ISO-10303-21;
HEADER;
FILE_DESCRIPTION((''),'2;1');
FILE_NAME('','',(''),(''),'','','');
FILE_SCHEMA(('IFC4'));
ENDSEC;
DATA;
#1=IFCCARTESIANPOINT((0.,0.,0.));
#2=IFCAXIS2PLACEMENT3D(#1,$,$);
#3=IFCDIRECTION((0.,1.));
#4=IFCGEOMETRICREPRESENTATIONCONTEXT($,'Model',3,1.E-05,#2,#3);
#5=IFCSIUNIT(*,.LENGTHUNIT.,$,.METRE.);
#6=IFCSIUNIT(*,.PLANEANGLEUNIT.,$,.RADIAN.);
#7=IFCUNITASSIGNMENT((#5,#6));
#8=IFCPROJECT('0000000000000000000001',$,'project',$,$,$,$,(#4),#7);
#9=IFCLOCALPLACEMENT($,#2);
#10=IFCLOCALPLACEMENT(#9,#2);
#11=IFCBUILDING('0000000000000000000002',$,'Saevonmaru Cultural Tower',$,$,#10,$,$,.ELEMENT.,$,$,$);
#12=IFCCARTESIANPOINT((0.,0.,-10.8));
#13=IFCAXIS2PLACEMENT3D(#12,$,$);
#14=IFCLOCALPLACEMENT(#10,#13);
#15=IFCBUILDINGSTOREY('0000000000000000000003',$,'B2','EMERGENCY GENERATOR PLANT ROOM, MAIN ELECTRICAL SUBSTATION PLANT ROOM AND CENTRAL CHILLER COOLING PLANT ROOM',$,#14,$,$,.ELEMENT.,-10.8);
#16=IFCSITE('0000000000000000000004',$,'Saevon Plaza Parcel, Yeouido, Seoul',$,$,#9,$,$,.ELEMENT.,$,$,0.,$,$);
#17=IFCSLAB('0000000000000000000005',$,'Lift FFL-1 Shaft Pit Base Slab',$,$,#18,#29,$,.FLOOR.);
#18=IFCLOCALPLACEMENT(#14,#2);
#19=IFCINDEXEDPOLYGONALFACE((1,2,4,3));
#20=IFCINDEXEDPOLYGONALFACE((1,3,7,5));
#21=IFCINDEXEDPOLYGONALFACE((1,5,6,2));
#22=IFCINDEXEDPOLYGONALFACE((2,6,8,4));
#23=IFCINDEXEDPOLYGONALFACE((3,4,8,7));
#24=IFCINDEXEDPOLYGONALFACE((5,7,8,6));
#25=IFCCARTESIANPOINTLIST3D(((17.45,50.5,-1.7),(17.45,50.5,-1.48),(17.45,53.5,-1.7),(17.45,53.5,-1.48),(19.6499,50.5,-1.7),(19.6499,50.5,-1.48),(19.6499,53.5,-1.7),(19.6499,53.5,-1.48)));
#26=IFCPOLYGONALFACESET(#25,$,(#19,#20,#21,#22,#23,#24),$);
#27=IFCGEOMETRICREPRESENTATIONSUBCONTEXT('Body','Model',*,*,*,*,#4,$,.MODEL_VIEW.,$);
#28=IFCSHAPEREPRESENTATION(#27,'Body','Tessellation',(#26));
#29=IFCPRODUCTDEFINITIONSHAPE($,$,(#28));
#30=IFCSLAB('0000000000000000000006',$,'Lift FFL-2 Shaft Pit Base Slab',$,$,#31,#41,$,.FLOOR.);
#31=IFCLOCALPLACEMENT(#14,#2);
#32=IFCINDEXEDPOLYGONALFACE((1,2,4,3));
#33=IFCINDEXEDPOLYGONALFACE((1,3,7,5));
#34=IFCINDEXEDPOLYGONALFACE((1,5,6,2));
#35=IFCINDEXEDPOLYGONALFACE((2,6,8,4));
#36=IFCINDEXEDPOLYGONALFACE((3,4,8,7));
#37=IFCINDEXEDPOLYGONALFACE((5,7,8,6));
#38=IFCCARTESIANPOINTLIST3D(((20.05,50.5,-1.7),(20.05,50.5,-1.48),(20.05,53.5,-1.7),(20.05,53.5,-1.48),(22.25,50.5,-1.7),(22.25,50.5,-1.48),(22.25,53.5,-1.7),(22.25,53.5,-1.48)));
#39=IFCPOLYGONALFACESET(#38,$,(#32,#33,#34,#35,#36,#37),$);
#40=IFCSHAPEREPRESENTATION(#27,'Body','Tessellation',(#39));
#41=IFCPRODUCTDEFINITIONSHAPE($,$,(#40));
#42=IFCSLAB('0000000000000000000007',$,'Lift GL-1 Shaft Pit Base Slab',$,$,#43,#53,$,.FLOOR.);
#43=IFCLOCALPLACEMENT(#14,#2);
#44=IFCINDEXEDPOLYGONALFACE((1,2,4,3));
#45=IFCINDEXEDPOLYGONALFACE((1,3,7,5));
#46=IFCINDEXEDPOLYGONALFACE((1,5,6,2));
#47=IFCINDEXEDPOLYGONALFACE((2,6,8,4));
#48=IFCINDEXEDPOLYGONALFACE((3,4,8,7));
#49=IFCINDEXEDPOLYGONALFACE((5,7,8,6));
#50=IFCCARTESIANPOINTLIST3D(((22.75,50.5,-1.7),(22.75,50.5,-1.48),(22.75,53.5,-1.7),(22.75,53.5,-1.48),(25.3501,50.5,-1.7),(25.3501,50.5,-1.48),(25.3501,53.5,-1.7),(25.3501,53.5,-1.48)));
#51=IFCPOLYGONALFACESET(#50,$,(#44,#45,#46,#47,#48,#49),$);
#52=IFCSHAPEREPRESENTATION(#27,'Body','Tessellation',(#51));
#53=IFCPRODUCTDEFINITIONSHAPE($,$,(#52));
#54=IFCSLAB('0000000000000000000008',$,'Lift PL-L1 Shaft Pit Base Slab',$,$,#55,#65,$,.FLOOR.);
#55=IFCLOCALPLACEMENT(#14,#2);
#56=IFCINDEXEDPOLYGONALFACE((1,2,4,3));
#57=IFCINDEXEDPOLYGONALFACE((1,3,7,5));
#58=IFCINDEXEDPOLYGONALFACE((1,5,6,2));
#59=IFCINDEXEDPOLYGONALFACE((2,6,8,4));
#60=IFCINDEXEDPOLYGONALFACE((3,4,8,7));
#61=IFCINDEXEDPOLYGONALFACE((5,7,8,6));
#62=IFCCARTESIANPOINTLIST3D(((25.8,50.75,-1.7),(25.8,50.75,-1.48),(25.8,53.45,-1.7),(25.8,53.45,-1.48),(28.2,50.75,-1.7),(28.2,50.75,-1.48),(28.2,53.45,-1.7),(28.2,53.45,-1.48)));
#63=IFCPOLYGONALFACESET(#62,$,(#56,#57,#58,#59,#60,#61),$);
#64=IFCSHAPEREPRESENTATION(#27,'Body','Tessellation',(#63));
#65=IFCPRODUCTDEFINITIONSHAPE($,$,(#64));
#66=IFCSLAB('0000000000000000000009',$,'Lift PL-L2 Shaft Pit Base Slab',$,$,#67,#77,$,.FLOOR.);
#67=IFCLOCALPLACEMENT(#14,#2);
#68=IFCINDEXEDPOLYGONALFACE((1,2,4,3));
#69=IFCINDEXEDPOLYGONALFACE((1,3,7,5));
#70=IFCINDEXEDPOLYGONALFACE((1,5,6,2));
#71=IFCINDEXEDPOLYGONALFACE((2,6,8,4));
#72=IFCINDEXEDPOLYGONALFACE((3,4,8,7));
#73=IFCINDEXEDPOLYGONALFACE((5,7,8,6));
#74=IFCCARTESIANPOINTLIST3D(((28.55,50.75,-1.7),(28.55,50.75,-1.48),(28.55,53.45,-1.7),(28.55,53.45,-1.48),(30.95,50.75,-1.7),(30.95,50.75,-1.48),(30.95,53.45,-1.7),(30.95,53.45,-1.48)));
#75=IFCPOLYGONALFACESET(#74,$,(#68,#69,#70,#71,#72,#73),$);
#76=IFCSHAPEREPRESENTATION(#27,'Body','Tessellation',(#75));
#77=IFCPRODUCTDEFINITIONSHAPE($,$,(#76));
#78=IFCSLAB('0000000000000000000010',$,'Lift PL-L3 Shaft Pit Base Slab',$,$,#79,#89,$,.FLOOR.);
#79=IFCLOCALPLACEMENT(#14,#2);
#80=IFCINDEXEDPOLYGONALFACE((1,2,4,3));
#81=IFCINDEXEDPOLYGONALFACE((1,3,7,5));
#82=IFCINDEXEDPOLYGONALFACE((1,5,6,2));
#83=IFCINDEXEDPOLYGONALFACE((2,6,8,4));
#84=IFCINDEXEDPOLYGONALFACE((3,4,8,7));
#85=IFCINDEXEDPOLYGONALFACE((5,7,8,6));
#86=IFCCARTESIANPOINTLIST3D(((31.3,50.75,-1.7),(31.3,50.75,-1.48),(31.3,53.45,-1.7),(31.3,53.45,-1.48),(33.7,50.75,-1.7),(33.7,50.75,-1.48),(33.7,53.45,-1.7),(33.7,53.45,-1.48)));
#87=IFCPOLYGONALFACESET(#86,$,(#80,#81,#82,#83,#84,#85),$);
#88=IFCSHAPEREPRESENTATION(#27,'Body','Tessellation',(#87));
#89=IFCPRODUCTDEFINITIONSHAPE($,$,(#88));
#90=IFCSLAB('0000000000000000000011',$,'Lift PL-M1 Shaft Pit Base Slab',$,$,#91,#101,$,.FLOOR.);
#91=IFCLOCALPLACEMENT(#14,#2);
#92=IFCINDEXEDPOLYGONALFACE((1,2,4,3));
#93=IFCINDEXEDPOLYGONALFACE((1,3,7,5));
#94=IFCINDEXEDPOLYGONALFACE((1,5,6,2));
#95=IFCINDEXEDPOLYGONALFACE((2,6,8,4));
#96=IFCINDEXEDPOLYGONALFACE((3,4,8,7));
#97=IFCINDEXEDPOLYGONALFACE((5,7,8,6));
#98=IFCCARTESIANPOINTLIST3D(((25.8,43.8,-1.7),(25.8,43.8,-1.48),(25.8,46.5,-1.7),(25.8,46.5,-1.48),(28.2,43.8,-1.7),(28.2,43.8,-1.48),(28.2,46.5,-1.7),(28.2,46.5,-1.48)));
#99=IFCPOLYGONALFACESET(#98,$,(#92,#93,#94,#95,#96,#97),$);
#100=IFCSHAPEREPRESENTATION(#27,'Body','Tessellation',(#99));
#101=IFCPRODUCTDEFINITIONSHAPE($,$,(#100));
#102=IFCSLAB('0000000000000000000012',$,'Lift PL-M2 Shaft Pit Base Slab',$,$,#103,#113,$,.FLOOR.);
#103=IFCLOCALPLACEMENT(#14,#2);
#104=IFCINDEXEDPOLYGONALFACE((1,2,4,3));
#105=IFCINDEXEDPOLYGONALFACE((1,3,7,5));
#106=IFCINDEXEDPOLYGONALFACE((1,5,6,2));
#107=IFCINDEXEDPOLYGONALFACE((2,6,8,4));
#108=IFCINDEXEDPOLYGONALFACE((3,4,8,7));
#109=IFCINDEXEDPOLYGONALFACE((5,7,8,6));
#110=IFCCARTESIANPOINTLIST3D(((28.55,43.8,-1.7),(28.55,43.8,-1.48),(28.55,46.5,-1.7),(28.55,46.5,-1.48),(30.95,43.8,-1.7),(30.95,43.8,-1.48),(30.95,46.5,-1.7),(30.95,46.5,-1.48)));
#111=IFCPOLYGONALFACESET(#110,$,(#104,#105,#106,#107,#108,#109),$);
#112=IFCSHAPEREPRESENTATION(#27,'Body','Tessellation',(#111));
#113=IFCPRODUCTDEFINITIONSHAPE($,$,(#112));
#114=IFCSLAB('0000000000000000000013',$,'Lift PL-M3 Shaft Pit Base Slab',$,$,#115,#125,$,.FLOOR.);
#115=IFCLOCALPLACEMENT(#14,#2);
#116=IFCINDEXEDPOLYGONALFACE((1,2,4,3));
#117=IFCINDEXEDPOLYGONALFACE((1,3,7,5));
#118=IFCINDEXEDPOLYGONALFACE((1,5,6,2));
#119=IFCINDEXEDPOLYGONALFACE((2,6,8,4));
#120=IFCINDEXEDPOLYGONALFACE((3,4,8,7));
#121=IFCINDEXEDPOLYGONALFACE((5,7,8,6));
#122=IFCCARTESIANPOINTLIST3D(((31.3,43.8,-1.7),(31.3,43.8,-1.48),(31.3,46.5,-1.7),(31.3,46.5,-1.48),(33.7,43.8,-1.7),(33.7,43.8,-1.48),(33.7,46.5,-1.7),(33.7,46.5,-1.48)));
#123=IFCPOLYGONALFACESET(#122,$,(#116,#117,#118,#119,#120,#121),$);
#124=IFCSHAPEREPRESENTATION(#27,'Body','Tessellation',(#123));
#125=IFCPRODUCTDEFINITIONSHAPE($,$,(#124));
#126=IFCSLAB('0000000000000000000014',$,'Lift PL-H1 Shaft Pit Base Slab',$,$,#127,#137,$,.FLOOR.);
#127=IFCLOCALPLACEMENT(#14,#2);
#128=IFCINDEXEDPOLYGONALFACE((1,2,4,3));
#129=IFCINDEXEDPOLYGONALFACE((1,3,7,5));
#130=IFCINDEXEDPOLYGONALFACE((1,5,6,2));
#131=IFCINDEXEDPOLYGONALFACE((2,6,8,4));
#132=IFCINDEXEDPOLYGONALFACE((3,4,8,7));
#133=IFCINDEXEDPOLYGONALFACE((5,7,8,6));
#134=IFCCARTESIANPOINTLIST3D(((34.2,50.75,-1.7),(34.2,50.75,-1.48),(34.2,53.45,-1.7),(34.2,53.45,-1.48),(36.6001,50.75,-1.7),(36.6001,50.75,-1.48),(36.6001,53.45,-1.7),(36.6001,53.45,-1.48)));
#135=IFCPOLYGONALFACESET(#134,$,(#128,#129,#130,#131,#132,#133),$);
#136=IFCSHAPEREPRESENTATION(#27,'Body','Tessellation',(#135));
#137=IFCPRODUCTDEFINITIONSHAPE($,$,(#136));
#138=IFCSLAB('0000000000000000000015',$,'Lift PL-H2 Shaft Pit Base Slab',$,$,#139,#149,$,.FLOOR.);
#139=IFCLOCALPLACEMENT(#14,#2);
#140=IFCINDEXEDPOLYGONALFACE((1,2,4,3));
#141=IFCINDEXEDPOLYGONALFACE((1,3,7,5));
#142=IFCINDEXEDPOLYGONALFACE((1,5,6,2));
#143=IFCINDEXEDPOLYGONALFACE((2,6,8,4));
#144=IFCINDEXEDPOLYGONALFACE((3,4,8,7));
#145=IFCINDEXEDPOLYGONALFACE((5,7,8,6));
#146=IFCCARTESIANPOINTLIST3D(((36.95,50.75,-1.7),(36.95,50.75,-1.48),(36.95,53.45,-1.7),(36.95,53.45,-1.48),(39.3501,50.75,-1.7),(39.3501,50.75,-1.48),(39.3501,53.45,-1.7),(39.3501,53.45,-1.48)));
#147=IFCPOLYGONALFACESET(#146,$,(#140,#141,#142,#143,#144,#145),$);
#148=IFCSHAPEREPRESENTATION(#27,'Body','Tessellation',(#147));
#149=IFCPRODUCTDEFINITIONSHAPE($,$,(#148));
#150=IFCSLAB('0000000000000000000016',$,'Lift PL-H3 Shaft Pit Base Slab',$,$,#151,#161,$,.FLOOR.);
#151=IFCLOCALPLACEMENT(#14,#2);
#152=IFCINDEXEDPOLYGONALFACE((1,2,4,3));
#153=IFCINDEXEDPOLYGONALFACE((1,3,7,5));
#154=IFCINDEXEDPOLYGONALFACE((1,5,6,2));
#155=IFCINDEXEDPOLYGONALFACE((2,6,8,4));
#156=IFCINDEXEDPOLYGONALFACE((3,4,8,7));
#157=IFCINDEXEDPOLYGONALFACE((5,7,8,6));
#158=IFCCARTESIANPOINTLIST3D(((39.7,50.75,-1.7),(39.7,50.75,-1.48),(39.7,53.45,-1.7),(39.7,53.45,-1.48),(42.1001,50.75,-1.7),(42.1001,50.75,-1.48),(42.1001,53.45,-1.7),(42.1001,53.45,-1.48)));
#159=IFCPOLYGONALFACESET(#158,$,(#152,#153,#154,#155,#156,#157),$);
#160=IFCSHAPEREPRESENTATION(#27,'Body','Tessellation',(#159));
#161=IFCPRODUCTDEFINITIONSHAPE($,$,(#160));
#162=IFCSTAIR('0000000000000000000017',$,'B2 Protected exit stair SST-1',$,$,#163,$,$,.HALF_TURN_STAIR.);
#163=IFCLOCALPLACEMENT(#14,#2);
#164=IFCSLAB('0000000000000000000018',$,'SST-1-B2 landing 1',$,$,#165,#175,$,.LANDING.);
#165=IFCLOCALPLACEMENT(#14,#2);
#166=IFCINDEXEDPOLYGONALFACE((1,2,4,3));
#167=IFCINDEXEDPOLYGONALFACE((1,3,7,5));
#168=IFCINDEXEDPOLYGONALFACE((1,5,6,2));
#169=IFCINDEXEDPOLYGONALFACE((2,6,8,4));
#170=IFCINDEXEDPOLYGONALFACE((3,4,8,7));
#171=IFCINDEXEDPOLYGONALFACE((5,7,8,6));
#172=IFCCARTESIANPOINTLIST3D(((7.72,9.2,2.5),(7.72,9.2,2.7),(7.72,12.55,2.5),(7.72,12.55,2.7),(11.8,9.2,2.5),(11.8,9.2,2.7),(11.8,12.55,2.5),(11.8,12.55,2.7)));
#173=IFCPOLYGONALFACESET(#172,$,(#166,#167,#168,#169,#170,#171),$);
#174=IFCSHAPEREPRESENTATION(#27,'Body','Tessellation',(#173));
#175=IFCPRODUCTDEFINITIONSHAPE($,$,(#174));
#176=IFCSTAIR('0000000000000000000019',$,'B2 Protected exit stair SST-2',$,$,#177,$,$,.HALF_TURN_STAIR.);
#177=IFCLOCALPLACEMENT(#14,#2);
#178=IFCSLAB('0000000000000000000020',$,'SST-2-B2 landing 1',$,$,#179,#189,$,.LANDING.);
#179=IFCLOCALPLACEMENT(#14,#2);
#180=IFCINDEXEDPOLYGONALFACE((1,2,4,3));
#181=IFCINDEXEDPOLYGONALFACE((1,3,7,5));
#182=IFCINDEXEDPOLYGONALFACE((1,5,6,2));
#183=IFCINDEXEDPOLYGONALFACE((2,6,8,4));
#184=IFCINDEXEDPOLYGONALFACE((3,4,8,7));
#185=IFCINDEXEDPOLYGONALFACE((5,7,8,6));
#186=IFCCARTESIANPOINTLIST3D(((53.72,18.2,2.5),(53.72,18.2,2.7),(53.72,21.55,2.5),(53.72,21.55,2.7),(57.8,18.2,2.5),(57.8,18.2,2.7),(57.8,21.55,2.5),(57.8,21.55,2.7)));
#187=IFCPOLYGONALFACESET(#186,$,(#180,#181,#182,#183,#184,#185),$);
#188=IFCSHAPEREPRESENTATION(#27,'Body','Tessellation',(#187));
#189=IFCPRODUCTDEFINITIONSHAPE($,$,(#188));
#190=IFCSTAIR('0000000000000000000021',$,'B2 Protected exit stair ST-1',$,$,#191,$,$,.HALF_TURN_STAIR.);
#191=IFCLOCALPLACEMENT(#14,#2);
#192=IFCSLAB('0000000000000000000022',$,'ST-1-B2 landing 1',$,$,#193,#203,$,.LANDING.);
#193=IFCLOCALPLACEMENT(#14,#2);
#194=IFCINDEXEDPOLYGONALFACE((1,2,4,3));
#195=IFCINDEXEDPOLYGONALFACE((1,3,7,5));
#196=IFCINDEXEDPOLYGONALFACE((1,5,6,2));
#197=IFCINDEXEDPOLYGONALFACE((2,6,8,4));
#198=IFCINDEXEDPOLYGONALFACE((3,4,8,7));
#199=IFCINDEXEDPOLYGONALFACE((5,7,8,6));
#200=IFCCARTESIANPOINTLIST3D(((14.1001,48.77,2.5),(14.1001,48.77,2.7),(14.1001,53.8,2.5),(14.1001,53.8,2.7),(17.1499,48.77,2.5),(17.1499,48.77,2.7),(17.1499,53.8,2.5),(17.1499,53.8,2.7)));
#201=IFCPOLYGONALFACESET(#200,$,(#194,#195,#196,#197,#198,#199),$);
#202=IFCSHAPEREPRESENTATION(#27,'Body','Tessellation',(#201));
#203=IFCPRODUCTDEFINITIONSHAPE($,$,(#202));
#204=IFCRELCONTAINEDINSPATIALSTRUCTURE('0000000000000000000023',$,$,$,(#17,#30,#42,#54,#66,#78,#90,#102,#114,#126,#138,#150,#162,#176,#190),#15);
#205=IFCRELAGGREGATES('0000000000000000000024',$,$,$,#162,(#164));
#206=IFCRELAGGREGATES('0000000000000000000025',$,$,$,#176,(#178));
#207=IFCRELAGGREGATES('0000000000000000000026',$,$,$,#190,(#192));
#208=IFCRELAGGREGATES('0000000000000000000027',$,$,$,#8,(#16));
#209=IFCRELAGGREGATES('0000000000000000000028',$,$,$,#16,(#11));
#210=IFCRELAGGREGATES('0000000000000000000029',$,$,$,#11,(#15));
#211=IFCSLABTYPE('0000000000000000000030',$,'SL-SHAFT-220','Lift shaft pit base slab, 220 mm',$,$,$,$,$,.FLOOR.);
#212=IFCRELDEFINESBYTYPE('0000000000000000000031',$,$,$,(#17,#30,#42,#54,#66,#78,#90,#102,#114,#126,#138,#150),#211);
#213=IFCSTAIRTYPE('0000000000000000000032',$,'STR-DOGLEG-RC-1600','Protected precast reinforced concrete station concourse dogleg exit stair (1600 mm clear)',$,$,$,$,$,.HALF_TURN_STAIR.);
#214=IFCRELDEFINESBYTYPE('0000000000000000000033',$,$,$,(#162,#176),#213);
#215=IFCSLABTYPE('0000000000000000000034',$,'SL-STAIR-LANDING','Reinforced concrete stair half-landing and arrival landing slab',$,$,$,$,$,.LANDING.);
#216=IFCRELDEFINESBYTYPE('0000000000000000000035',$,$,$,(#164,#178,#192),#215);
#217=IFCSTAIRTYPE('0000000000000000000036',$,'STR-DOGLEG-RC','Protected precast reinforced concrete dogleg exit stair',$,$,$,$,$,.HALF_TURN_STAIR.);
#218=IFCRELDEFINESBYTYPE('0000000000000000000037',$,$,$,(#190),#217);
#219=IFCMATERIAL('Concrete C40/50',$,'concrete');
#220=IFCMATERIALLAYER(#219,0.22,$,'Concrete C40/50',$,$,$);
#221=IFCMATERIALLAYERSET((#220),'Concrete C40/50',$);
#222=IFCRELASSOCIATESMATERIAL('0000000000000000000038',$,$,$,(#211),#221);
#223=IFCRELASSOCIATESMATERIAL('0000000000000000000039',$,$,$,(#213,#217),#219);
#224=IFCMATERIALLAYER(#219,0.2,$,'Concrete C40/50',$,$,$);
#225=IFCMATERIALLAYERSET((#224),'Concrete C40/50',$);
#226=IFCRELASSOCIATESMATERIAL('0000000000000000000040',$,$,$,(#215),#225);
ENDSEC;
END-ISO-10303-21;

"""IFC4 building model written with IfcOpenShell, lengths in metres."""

from ifc_helpers import new_model, si_unit, direction, frame, origin, place, context, subcontext, project, spatial, polyline, outline, extrude, material, layer, layer_set, type_object, element, aggregate, save


model = new_model("IFC4")

# Units and contexts
model_context = context("Model", 3, precision=1e-05, world=origin(), true_north=direction((0.0, 1.0)))
body_context = subcontext(model_context, "Body", "Model", "MODEL_VIEW")
ifc_project = project(units=[si_unit("LENGTHUNIT", "METRE"), si_unit("PLANEANGLEUNIT", "RADIAN")], contexts=[model_context])

# Site, building, storey
site_placement = place(None, origin())
site = spatial("IfcSite", under=ifc_project, at=site_placement, Name="Saevon Plaza Parcel, Yeouido, Seoul", CompositionType="ELEMENT", RefElevation=0.0)
building_placement = place(site_placement, origin())
building = spatial("IfcBuilding", under=site, at=building_placement, Name="Saevonmaru Cultural Tower", CompositionType="ELEMENT")
storey_placement = place(building_placement, frame((0.0, 0.0, -10.8)))
storey = spatial("IfcBuildingStorey", under=building, at=storey_placement, Name="B2", Description="EMERGENCY GENERATOR PLANT ROOM, MAIN ELECTRICAL SUBSTATION PLANT ROOM AND CENTRAL CHILLER COOLING PLANT ROOM", CompositionType="ELEMENT", Elevation=-10.8)

# Slabs
ifc_material_1 = material(Name="Concrete C40/50", Category="concrete")
ifc_layer_1 = layer(ifc_material_1, 0.22, Name="Concrete C40/50")
ifc_layer_set_1 = layer_set([ifc_layer_1], Name="Concrete C40/50")
slab_type_1 = type_object("IfcSlabType", Name="SL-SHAFT-220", Description="Lift shaft pit base slab, 220 mm", PredefinedType="FLOOR", material=ifc_layer_set_1)
slab_1_placement = place(storey_placement, frame((0.0, 0.0, -1.7)))
element("IfcSlab", 1, at=slab_1_placement, inside=storey, type_object=slab_type_1, Name="Lift FFL-1 Shaft Pit Base Slab", PredefinedType="FLOOR", context=body_context, shape_type="SweptSolid", body=[
    extrude(outline(polyline([(17.45, 50.5), (19.6499, 50.5), (19.6499, 53.5), (17.45, 53.5), (17.45, 50.5)])), origin(), (0.0, 0.0, 1.0), 0.22),
])
slab_2_placement = place(storey_placement, frame((0.0, 0.0, -1.7)))
element("IfcSlab", 2, at=slab_2_placement, inside=storey, type_object=slab_type_1, Name="Lift FFL-2 Shaft Pit Base Slab", PredefinedType="FLOOR", context=body_context, shape_type="SweptSolid", body=[
    extrude(outline(polyline([(20.05, 50.5), (22.25, 50.5), (22.25, 53.5), (20.05, 53.5), (20.05, 50.5)])), origin(), (0.0, 0.0, 1.0), 0.22),
])
slab_3_placement = place(storey_placement, frame((0.0, 0.0, -1.7)))
element("IfcSlab", 3, at=slab_3_placement, inside=storey, type_object=slab_type_1, Name="Lift GL-1 Shaft Pit Base Slab", PredefinedType="FLOOR", context=body_context, shape_type="SweptSolid", body=[
    extrude(outline(polyline([(22.75, 50.5), (25.3501, 50.5), (25.3501, 53.5), (22.75, 53.5), (22.75, 50.5)])), origin(), (0.0, 0.0, 1.0), 0.22),
])
slab_4_placement = place(storey_placement, frame((0.0, 0.0, -1.7)))
element("IfcSlab", 4, at=slab_4_placement, inside=storey, type_object=slab_type_1, Name="Lift PL-L1 Shaft Pit Base Slab", PredefinedType="FLOOR", context=body_context, shape_type="SweptSolid", body=[
    extrude(outline(polyline([(25.8, 50.75), (28.2, 50.75), (28.2, 53.45), (25.8, 53.45), (25.8, 50.75)])), origin(), (0.0, 0.0, 1.0), 0.22),
])
slab_5_placement = place(storey_placement, frame((0.0, 0.0, -1.7)))
element("IfcSlab", 5, at=slab_5_placement, inside=storey, type_object=slab_type_1, Name="Lift PL-L2 Shaft Pit Base Slab", PredefinedType="FLOOR", context=body_context, shape_type="SweptSolid", body=[
    extrude(outline(polyline([(28.55, 50.75), (30.95, 50.75), (30.95, 53.45), (28.55, 53.45), (28.55, 50.75)])), origin(), (0.0, 0.0, 1.0), 0.22),
])
slab_6_placement = place(storey_placement, frame((0.0, 0.0, -1.7)))
element("IfcSlab", 6, at=slab_6_placement, inside=storey, type_object=slab_type_1, Name="Lift PL-L3 Shaft Pit Base Slab", PredefinedType="FLOOR", context=body_context, shape_type="SweptSolid", body=[
    extrude(outline(polyline([(31.3, 50.75), (33.7, 50.75), (33.7, 53.45), (31.3, 53.45), (31.3, 50.75)])), origin(), (0.0, 0.0, 1.0), 0.22),
])
slab_7_placement = place(storey_placement, frame((0.0, 0.0, -1.7)))
element("IfcSlab", 7, at=slab_7_placement, inside=storey, type_object=slab_type_1, Name="Lift PL-M1 Shaft Pit Base Slab", PredefinedType="FLOOR", context=body_context, shape_type="SweptSolid", body=[
    extrude(outline(polyline([(25.8, 43.8), (28.2, 43.8), (28.2, 46.5), (25.8, 46.5), (25.8, 43.8)])), origin(), (0.0, 0.0, 1.0), 0.22),
])
slab_8_placement = place(storey_placement, frame((0.0, 0.0, -1.7)))
element("IfcSlab", 8, at=slab_8_placement, inside=storey, type_object=slab_type_1, Name="Lift PL-M2 Shaft Pit Base Slab", PredefinedType="FLOOR", context=body_context, shape_type="SweptSolid", body=[
    extrude(outline(polyline([(28.55, 43.8), (30.95, 43.8), (30.95, 46.5), (28.55, 46.5), (28.55, 43.8)])), origin(), (0.0, 0.0, 1.0), 0.22),
])
slab_9_placement = place(storey_placement, frame((0.0, 0.0, -1.7)))
element("IfcSlab", 9, at=slab_9_placement, inside=storey, type_object=slab_type_1, Name="Lift PL-M3 Shaft Pit Base Slab", PredefinedType="FLOOR", context=body_context, shape_type="SweptSolid", body=[
    extrude(outline(polyline([(31.3, 43.8), (33.7, 43.8), (33.7, 46.5), (31.3, 46.5), (31.3, 43.8)])), origin(), (0.0, 0.0, 1.0), 0.22),
])
slab_10_placement = place(storey_placement, frame((0.0, 0.0, -1.7)))
element("IfcSlab", 10, at=slab_10_placement, inside=storey, type_object=slab_type_1, Name="Lift PL-H1 Shaft Pit Base Slab", PredefinedType="FLOOR", context=body_context, shape_type="SweptSolid", body=[
    extrude(outline(polyline([(34.2, 50.75), (36.6001, 50.75), (36.6001, 53.45), (34.2, 53.45), (34.2, 50.75)])), origin(), (0.0, 0.0, 1.0), 0.22),
])
slab_11_placement = place(storey_placement, frame((0.0, 0.0, -1.7)))
element("IfcSlab", 11, at=slab_11_placement, inside=storey, type_object=slab_type_1, Name="Lift PL-H2 Shaft Pit Base Slab", PredefinedType="FLOOR", context=body_context, shape_type="SweptSolid", body=[
    extrude(outline(polyline([(36.95, 50.75), (39.3501, 50.75), (39.3501, 53.45), (36.95, 53.45), (36.95, 50.75)])), origin(), (0.0, 0.0, 1.0), 0.22),
])
slab_12_placement = place(storey_placement, frame((0.0, 0.0, -1.7)))
element("IfcSlab", 12, at=slab_12_placement, inside=storey, type_object=slab_type_1, Name="Lift PL-H3 Shaft Pit Base Slab", PredefinedType="FLOOR", context=body_context, shape_type="SweptSolid", body=[
    extrude(outline(polyline([(39.7, 50.75), (42.1001, 50.75), (42.1001, 53.45), (39.7, 53.45), (39.7, 50.75)])), origin(), (0.0, 0.0, 1.0), 0.22),
])

# Stairs, slabs
stair_type_1 = type_object("IfcStairType", Name="STR-DOGLEG-RC-1600", Description="Protected precast reinforced concrete station concourse dogleg exit stair (1600 mm clear)", PredefinedType="HALF_TURN_STAIR", material=ifc_material_1)
stair_1_placement = place(storey_placement, origin())
stair_1 = element("IfcStair", 13, at=stair_1_placement, inside=storey, type_object=stair_type_1, Name="B2 Protected exit stair SST-1", PredefinedType="HALF_TURN_STAIR")
ifc_layer_2 = layer(ifc_material_1, 0.2, Name="Concrete C40/50")
ifc_layer_set_2 = layer_set([ifc_layer_2], Name="Concrete C40/50")
slab_type_2 = type_object("IfcSlabType", Name="SL-STAIR-LANDING", Description="Reinforced concrete stair half-landing and arrival landing slab", PredefinedType="LANDING", material=ifc_layer_set_2)
slab_13_placement = place(storey_placement, frame((0.0, 0.0, 2.5)))
slab_13 = element("IfcSlab", 14, at=slab_13_placement, type_object=slab_type_2, Name="SST-1-B2 landing 1", PredefinedType="LANDING", context=body_context, shape_type="SweptSolid", body=[
    extrude(outline(polyline([(7.72, 9.2), (11.8, 9.2), (11.8, 12.55), (7.72, 12.55), (7.72, 9.2)])), origin(), (0.0, 0.0, 1.0), 0.2),
])
aggregate(stair_1, [slab_13])
stair_2_placement = place(storey_placement, origin())
stair_2 = element("IfcStair", 15, at=stair_2_placement, inside=storey, type_object=stair_type_1, Name="B2 Protected exit stair SST-2", PredefinedType="HALF_TURN_STAIR")
slab_14_placement = place(storey_placement, frame((0.0, 0.0, 2.5)))
slab_14 = element("IfcSlab", 16, at=slab_14_placement, type_object=slab_type_2, Name="SST-2-B2 landing 1", PredefinedType="LANDING", context=body_context, shape_type="SweptSolid", body=[
    extrude(outline(polyline([(53.72, 18.2), (57.8, 18.2), (57.8, 21.55), (53.72, 21.55), (53.72, 18.2)])), origin(), (0.0, 0.0, 1.0), 0.2),
])
aggregate(stair_2, [slab_14])
stair_type_2 = type_object("IfcStairType", Name="STR-DOGLEG-RC", Description="Protected precast reinforced concrete dogleg exit stair", PredefinedType="HALF_TURN_STAIR", material=ifc_material_1)
stair_3_placement = place(storey_placement, origin())
stair_3 = element("IfcStair", 17, at=stair_3_placement, inside=storey, type_object=stair_type_2, Name="B2 Protected exit stair ST-1", PredefinedType="HALF_TURN_STAIR")
slab_15_placement = place(storey_placement, frame((0.0, 0.0, 2.5)))
slab_15 = element("IfcSlab", 18, at=slab_15_placement, type_object=slab_type_2, Name="ST-1-B2 landing 1", PredefinedType="LANDING", context=body_context, shape_type="SweptSolid", body=[
    extrude(outline(polyline([(17.1499, 48.77), (17.1499, 53.8), (14.1001, 53.8), (14.1001, 48.77), (17.1499, 48.77)])), origin(), (0.0, 0.0, 1.0), 0.2),
])
aggregate(stair_3, [slab_15])

save(model, "model.ifc")
